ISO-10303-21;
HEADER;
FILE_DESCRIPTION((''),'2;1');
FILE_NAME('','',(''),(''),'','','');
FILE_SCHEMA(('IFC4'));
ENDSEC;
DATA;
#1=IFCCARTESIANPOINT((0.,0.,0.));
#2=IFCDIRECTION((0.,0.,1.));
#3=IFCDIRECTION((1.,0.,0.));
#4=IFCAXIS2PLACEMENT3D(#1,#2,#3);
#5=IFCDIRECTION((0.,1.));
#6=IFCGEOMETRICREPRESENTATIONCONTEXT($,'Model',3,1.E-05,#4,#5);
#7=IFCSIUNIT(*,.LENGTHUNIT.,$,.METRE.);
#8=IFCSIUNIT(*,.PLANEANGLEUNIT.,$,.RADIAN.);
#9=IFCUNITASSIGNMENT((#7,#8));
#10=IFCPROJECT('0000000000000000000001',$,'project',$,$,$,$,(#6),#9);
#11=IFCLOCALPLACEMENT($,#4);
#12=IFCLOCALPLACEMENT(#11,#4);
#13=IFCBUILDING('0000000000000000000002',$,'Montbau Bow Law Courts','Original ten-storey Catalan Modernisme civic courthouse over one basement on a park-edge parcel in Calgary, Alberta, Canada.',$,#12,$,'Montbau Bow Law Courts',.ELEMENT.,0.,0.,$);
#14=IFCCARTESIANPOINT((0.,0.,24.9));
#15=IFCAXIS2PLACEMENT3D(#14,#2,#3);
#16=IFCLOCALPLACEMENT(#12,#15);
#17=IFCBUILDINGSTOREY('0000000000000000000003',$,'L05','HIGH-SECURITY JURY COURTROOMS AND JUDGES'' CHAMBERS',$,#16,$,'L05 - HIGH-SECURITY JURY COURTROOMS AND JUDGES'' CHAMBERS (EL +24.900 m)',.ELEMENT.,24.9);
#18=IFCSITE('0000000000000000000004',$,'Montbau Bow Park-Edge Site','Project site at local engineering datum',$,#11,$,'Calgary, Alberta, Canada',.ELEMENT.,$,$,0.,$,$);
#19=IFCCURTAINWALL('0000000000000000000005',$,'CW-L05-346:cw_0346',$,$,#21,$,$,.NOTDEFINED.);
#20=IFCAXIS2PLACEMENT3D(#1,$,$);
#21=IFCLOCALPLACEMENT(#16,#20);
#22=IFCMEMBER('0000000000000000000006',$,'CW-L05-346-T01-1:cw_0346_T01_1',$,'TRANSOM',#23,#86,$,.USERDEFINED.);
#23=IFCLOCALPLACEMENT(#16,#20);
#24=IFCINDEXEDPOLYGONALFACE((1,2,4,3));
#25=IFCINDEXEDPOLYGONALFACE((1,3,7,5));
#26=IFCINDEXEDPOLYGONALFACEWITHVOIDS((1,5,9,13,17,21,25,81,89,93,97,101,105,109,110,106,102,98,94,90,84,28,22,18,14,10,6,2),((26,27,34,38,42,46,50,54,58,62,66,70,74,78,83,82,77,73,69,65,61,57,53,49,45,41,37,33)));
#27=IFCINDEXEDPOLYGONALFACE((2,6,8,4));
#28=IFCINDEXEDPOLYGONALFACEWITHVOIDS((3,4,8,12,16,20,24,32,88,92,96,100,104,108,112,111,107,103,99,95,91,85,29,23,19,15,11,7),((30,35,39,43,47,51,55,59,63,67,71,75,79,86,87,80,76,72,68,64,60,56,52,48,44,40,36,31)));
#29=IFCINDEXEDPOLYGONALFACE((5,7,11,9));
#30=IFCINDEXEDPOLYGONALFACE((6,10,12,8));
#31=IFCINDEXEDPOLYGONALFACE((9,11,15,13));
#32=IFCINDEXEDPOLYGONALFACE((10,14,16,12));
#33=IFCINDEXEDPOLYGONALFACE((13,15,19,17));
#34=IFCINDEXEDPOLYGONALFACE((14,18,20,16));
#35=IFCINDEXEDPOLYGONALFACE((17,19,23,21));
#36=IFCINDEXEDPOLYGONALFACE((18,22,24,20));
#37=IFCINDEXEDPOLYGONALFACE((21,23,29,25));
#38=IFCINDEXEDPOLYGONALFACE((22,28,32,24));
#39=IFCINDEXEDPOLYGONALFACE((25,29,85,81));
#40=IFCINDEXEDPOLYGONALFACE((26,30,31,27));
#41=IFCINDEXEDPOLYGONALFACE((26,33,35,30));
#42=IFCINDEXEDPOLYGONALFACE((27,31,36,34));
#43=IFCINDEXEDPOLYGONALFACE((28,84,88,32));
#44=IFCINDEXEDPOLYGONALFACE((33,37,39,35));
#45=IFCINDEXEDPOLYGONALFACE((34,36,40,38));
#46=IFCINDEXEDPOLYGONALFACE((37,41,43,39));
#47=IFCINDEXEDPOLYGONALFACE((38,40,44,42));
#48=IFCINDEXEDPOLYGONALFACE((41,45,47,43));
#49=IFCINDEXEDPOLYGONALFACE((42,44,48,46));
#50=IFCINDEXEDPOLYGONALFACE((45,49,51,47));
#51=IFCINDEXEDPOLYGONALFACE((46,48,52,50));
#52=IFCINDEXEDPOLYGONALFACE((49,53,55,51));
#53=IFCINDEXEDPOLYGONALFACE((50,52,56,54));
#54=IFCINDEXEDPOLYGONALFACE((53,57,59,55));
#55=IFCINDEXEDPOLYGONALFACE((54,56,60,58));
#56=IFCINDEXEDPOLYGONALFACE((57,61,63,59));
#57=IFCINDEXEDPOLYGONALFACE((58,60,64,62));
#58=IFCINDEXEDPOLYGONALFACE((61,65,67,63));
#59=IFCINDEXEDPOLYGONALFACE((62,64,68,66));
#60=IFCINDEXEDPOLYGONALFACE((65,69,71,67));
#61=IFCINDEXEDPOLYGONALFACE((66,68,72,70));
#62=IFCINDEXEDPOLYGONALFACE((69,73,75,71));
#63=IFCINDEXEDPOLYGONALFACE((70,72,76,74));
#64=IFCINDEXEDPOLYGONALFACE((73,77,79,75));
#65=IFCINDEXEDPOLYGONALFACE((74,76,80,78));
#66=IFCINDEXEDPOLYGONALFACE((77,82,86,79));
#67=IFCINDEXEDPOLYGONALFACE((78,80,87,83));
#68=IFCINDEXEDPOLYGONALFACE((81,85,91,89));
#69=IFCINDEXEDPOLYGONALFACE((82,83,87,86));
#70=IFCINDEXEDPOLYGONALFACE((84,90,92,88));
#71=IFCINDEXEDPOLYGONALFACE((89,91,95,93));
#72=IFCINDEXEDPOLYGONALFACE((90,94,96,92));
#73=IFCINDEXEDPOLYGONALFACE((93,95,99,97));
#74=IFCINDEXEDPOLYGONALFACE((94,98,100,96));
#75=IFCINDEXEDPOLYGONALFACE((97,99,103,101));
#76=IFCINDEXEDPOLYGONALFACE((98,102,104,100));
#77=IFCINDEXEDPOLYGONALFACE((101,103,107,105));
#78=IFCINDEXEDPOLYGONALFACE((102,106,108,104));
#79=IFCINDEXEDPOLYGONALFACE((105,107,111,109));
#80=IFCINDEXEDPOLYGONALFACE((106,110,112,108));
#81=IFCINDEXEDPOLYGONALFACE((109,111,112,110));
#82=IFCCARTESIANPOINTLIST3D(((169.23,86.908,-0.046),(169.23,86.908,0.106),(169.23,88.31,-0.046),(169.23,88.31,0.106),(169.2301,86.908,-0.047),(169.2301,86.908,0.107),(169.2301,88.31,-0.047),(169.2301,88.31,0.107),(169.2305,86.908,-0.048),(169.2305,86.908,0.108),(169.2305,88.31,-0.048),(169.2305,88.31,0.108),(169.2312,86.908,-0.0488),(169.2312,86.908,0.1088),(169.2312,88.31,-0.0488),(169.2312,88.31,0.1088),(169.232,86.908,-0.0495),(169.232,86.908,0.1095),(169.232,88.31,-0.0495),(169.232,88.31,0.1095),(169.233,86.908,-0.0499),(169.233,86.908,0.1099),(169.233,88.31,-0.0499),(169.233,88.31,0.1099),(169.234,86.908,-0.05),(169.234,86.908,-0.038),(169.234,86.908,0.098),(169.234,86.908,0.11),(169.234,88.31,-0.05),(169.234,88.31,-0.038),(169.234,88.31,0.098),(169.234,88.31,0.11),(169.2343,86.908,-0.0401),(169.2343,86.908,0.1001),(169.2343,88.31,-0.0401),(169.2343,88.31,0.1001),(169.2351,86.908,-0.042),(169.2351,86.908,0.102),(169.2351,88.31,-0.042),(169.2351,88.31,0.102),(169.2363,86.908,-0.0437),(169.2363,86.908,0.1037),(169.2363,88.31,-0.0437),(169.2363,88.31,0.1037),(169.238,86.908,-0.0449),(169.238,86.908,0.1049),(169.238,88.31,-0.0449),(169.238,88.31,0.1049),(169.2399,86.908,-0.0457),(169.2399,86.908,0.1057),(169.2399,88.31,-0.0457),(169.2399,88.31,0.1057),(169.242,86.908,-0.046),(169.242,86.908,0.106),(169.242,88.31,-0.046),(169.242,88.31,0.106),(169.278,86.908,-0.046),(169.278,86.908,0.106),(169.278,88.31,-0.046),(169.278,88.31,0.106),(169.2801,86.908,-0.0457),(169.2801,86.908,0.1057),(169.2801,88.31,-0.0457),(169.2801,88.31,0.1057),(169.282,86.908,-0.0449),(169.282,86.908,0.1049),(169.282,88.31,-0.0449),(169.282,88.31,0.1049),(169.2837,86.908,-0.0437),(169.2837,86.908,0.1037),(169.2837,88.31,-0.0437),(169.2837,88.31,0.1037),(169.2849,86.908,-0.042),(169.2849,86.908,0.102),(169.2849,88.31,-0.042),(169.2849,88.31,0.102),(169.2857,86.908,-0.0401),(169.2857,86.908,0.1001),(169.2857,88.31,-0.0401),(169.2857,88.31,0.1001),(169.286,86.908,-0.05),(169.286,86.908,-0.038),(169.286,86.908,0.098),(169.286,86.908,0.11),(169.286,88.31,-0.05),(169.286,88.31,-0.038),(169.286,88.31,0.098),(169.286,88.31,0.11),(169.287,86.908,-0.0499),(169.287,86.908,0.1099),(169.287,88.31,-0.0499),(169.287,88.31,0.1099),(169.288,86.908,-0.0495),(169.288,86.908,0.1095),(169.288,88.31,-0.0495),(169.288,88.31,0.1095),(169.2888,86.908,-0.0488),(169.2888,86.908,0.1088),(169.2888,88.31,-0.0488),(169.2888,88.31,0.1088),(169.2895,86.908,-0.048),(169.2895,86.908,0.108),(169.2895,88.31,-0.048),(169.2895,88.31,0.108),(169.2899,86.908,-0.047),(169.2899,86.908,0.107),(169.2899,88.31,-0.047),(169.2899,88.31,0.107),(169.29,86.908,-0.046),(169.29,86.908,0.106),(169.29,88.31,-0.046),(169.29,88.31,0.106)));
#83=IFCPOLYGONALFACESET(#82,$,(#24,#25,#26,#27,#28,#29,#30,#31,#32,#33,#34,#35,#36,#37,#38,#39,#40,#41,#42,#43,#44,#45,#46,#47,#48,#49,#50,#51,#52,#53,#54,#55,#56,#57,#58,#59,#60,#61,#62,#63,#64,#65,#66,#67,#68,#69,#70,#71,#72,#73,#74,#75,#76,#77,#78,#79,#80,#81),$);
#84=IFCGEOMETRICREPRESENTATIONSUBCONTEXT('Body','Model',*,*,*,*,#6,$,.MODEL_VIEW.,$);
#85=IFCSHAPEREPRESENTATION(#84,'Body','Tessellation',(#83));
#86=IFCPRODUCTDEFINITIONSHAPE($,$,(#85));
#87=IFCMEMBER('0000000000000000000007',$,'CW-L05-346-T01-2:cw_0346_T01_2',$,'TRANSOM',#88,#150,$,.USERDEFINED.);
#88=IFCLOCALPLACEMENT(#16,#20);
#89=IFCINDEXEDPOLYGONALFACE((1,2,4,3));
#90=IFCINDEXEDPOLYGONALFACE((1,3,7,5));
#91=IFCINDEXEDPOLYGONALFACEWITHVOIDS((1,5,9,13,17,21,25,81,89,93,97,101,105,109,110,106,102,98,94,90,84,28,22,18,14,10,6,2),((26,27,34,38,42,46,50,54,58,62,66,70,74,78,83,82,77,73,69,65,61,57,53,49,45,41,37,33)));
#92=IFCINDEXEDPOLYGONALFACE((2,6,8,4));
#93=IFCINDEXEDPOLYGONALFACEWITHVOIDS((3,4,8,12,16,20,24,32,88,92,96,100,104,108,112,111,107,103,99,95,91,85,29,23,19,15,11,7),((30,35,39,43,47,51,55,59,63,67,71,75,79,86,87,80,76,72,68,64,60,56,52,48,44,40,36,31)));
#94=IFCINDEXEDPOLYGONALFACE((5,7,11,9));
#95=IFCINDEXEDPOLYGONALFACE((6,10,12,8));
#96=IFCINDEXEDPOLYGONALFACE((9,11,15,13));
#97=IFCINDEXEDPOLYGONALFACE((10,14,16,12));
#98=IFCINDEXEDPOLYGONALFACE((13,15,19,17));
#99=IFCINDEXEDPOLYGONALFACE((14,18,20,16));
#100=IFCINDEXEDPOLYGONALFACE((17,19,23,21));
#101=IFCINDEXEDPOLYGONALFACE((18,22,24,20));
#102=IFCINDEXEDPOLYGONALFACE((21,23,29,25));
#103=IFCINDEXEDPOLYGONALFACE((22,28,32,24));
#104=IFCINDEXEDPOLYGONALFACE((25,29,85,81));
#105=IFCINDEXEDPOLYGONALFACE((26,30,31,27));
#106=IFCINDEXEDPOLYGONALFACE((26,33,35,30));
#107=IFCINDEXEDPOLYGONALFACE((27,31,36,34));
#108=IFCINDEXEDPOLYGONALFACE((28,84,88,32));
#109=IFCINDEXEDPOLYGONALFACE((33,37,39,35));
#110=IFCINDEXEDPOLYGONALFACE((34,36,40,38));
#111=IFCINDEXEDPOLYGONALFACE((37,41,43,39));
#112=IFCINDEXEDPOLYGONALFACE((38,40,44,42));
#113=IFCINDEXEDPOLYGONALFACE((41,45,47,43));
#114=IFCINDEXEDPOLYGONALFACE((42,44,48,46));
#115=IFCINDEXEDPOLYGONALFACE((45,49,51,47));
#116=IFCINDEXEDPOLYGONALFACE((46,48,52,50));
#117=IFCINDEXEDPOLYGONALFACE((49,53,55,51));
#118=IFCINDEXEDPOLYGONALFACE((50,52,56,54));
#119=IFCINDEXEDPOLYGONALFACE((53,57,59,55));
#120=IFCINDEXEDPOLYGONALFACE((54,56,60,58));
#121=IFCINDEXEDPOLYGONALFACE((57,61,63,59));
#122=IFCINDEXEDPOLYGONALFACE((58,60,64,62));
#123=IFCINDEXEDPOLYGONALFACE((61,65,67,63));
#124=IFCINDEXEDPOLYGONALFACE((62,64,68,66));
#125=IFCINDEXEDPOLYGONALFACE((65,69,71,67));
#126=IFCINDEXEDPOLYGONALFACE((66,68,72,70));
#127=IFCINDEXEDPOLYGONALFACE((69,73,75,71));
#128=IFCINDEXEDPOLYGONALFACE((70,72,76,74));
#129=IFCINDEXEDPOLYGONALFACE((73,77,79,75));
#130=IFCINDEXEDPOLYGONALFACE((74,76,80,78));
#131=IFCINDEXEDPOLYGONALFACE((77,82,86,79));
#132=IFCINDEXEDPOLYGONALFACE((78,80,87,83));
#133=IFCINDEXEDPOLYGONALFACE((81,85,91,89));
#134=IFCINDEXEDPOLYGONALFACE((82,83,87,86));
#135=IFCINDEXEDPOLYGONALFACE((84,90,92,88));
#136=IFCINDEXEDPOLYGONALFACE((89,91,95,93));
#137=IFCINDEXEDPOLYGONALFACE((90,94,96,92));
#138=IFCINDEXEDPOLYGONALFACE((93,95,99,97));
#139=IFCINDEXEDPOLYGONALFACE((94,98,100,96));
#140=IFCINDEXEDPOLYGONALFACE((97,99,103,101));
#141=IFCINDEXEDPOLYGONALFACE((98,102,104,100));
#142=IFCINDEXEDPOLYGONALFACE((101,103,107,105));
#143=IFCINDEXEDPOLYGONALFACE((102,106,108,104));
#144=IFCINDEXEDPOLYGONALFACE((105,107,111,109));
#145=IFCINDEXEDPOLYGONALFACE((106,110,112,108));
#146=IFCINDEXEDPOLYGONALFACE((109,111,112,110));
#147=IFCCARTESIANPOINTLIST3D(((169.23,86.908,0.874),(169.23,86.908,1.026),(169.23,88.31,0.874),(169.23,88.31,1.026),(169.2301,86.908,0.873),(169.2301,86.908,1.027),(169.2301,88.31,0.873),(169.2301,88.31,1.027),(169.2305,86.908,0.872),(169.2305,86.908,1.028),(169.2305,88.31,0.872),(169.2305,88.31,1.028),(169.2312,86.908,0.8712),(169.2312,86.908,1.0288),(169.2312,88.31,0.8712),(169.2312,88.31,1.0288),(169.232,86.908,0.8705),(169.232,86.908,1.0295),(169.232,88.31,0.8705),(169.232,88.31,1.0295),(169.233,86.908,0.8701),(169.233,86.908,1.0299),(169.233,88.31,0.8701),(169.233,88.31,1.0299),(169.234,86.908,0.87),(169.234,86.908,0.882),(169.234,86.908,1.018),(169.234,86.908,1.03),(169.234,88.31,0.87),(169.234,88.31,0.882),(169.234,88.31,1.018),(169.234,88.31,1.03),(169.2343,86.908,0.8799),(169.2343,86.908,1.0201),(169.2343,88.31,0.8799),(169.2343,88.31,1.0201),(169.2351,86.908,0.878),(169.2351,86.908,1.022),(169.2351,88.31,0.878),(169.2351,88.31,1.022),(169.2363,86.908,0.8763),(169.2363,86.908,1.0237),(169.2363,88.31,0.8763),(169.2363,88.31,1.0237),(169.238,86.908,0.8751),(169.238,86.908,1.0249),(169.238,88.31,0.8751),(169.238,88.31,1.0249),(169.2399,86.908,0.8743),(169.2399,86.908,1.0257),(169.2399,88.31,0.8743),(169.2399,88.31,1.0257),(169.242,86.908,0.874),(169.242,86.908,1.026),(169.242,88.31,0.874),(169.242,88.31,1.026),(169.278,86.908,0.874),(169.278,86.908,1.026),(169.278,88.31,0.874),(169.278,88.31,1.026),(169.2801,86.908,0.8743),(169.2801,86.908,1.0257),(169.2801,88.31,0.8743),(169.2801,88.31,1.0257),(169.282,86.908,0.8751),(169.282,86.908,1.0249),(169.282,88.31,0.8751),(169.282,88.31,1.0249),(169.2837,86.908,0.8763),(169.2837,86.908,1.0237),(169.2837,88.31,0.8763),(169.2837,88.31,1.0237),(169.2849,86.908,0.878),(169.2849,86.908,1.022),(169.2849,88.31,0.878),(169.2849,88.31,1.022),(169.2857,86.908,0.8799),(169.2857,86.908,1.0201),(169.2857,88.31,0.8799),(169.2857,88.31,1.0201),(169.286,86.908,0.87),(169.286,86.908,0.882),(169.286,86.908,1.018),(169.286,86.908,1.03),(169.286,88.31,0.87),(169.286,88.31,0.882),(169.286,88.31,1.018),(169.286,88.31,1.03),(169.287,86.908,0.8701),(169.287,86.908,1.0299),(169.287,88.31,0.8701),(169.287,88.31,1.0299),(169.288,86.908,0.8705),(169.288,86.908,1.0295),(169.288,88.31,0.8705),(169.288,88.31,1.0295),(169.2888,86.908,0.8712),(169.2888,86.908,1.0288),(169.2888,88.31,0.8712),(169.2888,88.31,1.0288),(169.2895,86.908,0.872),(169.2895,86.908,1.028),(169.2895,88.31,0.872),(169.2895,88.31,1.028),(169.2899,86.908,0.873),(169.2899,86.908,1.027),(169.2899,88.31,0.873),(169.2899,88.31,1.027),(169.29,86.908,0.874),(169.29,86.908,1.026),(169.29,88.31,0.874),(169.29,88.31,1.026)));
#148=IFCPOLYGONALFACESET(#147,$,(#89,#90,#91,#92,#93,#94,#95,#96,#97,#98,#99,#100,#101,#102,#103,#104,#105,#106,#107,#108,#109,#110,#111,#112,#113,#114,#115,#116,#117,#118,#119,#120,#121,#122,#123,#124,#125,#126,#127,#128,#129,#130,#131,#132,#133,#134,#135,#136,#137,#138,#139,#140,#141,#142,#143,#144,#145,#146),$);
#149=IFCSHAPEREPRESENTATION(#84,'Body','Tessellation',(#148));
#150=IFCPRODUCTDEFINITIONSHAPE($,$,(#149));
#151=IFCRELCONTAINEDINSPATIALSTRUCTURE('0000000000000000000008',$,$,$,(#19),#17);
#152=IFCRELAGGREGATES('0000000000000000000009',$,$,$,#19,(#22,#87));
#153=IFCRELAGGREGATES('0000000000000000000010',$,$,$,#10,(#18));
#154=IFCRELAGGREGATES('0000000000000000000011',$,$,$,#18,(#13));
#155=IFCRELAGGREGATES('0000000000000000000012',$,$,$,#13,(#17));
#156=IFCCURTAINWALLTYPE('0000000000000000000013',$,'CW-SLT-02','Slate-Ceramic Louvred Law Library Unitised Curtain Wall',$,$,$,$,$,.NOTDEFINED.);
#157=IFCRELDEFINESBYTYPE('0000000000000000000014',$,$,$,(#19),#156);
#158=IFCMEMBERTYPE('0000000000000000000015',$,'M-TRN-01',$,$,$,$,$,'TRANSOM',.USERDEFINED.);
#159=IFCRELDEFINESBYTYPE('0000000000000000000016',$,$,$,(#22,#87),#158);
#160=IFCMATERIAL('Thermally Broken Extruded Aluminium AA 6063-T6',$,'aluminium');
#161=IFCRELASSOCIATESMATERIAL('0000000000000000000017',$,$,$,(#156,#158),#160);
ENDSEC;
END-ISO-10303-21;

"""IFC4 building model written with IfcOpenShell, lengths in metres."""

from ifc_helpers import new_model, si_unit, direction, frame, origin_with_axes, origin_2d_with_axis, place, context, subcontext, project, spatial, hollow_rectangle, extrude, material, material_profile, profile_set, type_object, element, aggregate, save


model = new_model("IFC4")

# Units and contexts
model_context = context("Model", 3, precision=1e-05, world=origin_with_axes(), true_north=direction((0.0, 1.0)))
body_context = subcontext(model_context, "Body", "Model", "MODEL_VIEW")
ifc_project = project(units=[si_unit("LENGTHUNIT", "METRE"), si_unit("PLANEANGLEUNIT", "RADIAN")], contexts=[model_context])

# Site, building, storey
site_placement = place(None, origin_with_axes())
site = spatial("IfcSite", under=ifc_project, at=site_placement, Name="Montbau Bow Park-Edge Site", Description="Project site at local engineering datum", LongName="Calgary, Alberta, Canada", CompositionType="ELEMENT", RefElevation=0.0)
building_placement = place(site_placement, origin_with_axes())
building = spatial("IfcBuilding", under=site, at=building_placement, Name="Montbau Bow Law Courts", Description="Original ten-storey Catalan Modernisme civic courthouse over one basement on a park-edge parcel in Calgary, Alberta, Canada.", LongName="Montbau Bow Law Courts", CompositionType="ELEMENT", ElevationOfRefHeight=0.0, ElevationOfTerrain=0.0)
storey_placement = place(building_placement, frame((0.0, 0.0, 24.9), z_axis=(0.0, 0.0, 1.0), x_axis=(1.0, 0.0, 0.0)))
storey = spatial("IfcBuildingStorey", under=building, at=storey_placement, Name="L05", Description="HIGH-SECURITY JURY COURTROOMS AND JUDGES' CHAMBERS", LongName="L05 - HIGH-SECURITY JURY COURTROOMS AND JUDGES' CHAMBERS (EL +24.900 m)", CompositionType="ELEMENT", Elevation=24.9)

# Curtain wall, members
ifc_material_1 = material(Name="Thermally Broken Extruded Aluminium AA 6063-T6", Category="aluminium")
curtain_wall_type = type_object("IfcCurtainWallType", Name="CW-SLT-02", Description="Slate-Ceramic Louvred Law Library Unitised Curtain Wall", PredefinedType="NOTDEFINED", material=ifc_material_1)
curtain_wall_placement = place(None, frame((169.26, 86.84, 24.9), z_axis=(0.0, 0.0, 1.0), x_axis=(1.0, 0.0, 0.0)))
curtain_wall = element("IfcCurtainWall", 1, at=curtain_wall_placement, inside=storey, type_object=curtain_wall_type, Name="CW-L05-346:cw_0346", PredefinedType="NOTDEFINED")
ifc_material_profile_1 = material_profile(ifc_material_1, hollow_rectangle(XDim=0.06, YDim=0.16, WallThickness=0.004, InnerFilletRadius=0.008, OuterFilletRadius=0.004, at=origin_2d_with_axis()), Name="CWT-160X60", Category="Main", Priority=0)
ifc_profile_set_1 = profile_set([ifc_material_profile_1], Name="Thermally Broken Extruded Aluminium AA 6063-T6")
member_type_1 = type_object("IfcMemberType", Name="M-TRN-01", ElementType="TRANSOM", PredefinedType="USERDEFINED", material=ifc_profile_set_1)
member_1_placement = place(None, frame((169.26, 86.908, 24.93), z_axis=(0.0, 1.0, 0.0), x_axis=(-1.0, 0.0, 0.0)))
member_1 = element("IfcMember", 2, at=member_1_placement, type_object=member_type_1, Name="CW-L05-346-T01-1:cw_0346_T01_1", ObjectType="TRANSOM", PredefinedType="USERDEFINED", context=body_context, shape_type="SweptSolid", body=[
    extrude(hollow_rectangle(XDim=0.06, YDim=0.16, WallThickness=0.004, InnerFilletRadius=0.008, OuterFilletRadius=0.004, at=origin_2d_with_axis()), origin_with_axes(), (0.0, 0.0, 1.0), 1.402),
])
member_2_placement = place(None, frame((169.26, 86.908, 25.85), z_axis=(0.0, 1.0, 0.0), x_axis=(-1.0, 0.0, 0.0)))
member_2 = element("IfcMember", 3, at=member_2_placement, type_object=member_type_1, Name="CW-L05-346-T01-2:cw_0346_T01_2", ObjectType="TRANSOM", PredefinedType="USERDEFINED", context=body_context, shape_type="SweptSolid", body=[
    extrude(hollow_rectangle(XDim=0.06, YDim=0.16, WallThickness=0.004, InnerFilletRadius=0.008, OuterFilletRadius=0.004, at=origin_2d_with_axis()), origin_with_axes(), (0.0, 0.0, 1.0), 1.402),
])
aggregate(curtain_wall, [member_1, member_2])

save(model, "model.ifc")
